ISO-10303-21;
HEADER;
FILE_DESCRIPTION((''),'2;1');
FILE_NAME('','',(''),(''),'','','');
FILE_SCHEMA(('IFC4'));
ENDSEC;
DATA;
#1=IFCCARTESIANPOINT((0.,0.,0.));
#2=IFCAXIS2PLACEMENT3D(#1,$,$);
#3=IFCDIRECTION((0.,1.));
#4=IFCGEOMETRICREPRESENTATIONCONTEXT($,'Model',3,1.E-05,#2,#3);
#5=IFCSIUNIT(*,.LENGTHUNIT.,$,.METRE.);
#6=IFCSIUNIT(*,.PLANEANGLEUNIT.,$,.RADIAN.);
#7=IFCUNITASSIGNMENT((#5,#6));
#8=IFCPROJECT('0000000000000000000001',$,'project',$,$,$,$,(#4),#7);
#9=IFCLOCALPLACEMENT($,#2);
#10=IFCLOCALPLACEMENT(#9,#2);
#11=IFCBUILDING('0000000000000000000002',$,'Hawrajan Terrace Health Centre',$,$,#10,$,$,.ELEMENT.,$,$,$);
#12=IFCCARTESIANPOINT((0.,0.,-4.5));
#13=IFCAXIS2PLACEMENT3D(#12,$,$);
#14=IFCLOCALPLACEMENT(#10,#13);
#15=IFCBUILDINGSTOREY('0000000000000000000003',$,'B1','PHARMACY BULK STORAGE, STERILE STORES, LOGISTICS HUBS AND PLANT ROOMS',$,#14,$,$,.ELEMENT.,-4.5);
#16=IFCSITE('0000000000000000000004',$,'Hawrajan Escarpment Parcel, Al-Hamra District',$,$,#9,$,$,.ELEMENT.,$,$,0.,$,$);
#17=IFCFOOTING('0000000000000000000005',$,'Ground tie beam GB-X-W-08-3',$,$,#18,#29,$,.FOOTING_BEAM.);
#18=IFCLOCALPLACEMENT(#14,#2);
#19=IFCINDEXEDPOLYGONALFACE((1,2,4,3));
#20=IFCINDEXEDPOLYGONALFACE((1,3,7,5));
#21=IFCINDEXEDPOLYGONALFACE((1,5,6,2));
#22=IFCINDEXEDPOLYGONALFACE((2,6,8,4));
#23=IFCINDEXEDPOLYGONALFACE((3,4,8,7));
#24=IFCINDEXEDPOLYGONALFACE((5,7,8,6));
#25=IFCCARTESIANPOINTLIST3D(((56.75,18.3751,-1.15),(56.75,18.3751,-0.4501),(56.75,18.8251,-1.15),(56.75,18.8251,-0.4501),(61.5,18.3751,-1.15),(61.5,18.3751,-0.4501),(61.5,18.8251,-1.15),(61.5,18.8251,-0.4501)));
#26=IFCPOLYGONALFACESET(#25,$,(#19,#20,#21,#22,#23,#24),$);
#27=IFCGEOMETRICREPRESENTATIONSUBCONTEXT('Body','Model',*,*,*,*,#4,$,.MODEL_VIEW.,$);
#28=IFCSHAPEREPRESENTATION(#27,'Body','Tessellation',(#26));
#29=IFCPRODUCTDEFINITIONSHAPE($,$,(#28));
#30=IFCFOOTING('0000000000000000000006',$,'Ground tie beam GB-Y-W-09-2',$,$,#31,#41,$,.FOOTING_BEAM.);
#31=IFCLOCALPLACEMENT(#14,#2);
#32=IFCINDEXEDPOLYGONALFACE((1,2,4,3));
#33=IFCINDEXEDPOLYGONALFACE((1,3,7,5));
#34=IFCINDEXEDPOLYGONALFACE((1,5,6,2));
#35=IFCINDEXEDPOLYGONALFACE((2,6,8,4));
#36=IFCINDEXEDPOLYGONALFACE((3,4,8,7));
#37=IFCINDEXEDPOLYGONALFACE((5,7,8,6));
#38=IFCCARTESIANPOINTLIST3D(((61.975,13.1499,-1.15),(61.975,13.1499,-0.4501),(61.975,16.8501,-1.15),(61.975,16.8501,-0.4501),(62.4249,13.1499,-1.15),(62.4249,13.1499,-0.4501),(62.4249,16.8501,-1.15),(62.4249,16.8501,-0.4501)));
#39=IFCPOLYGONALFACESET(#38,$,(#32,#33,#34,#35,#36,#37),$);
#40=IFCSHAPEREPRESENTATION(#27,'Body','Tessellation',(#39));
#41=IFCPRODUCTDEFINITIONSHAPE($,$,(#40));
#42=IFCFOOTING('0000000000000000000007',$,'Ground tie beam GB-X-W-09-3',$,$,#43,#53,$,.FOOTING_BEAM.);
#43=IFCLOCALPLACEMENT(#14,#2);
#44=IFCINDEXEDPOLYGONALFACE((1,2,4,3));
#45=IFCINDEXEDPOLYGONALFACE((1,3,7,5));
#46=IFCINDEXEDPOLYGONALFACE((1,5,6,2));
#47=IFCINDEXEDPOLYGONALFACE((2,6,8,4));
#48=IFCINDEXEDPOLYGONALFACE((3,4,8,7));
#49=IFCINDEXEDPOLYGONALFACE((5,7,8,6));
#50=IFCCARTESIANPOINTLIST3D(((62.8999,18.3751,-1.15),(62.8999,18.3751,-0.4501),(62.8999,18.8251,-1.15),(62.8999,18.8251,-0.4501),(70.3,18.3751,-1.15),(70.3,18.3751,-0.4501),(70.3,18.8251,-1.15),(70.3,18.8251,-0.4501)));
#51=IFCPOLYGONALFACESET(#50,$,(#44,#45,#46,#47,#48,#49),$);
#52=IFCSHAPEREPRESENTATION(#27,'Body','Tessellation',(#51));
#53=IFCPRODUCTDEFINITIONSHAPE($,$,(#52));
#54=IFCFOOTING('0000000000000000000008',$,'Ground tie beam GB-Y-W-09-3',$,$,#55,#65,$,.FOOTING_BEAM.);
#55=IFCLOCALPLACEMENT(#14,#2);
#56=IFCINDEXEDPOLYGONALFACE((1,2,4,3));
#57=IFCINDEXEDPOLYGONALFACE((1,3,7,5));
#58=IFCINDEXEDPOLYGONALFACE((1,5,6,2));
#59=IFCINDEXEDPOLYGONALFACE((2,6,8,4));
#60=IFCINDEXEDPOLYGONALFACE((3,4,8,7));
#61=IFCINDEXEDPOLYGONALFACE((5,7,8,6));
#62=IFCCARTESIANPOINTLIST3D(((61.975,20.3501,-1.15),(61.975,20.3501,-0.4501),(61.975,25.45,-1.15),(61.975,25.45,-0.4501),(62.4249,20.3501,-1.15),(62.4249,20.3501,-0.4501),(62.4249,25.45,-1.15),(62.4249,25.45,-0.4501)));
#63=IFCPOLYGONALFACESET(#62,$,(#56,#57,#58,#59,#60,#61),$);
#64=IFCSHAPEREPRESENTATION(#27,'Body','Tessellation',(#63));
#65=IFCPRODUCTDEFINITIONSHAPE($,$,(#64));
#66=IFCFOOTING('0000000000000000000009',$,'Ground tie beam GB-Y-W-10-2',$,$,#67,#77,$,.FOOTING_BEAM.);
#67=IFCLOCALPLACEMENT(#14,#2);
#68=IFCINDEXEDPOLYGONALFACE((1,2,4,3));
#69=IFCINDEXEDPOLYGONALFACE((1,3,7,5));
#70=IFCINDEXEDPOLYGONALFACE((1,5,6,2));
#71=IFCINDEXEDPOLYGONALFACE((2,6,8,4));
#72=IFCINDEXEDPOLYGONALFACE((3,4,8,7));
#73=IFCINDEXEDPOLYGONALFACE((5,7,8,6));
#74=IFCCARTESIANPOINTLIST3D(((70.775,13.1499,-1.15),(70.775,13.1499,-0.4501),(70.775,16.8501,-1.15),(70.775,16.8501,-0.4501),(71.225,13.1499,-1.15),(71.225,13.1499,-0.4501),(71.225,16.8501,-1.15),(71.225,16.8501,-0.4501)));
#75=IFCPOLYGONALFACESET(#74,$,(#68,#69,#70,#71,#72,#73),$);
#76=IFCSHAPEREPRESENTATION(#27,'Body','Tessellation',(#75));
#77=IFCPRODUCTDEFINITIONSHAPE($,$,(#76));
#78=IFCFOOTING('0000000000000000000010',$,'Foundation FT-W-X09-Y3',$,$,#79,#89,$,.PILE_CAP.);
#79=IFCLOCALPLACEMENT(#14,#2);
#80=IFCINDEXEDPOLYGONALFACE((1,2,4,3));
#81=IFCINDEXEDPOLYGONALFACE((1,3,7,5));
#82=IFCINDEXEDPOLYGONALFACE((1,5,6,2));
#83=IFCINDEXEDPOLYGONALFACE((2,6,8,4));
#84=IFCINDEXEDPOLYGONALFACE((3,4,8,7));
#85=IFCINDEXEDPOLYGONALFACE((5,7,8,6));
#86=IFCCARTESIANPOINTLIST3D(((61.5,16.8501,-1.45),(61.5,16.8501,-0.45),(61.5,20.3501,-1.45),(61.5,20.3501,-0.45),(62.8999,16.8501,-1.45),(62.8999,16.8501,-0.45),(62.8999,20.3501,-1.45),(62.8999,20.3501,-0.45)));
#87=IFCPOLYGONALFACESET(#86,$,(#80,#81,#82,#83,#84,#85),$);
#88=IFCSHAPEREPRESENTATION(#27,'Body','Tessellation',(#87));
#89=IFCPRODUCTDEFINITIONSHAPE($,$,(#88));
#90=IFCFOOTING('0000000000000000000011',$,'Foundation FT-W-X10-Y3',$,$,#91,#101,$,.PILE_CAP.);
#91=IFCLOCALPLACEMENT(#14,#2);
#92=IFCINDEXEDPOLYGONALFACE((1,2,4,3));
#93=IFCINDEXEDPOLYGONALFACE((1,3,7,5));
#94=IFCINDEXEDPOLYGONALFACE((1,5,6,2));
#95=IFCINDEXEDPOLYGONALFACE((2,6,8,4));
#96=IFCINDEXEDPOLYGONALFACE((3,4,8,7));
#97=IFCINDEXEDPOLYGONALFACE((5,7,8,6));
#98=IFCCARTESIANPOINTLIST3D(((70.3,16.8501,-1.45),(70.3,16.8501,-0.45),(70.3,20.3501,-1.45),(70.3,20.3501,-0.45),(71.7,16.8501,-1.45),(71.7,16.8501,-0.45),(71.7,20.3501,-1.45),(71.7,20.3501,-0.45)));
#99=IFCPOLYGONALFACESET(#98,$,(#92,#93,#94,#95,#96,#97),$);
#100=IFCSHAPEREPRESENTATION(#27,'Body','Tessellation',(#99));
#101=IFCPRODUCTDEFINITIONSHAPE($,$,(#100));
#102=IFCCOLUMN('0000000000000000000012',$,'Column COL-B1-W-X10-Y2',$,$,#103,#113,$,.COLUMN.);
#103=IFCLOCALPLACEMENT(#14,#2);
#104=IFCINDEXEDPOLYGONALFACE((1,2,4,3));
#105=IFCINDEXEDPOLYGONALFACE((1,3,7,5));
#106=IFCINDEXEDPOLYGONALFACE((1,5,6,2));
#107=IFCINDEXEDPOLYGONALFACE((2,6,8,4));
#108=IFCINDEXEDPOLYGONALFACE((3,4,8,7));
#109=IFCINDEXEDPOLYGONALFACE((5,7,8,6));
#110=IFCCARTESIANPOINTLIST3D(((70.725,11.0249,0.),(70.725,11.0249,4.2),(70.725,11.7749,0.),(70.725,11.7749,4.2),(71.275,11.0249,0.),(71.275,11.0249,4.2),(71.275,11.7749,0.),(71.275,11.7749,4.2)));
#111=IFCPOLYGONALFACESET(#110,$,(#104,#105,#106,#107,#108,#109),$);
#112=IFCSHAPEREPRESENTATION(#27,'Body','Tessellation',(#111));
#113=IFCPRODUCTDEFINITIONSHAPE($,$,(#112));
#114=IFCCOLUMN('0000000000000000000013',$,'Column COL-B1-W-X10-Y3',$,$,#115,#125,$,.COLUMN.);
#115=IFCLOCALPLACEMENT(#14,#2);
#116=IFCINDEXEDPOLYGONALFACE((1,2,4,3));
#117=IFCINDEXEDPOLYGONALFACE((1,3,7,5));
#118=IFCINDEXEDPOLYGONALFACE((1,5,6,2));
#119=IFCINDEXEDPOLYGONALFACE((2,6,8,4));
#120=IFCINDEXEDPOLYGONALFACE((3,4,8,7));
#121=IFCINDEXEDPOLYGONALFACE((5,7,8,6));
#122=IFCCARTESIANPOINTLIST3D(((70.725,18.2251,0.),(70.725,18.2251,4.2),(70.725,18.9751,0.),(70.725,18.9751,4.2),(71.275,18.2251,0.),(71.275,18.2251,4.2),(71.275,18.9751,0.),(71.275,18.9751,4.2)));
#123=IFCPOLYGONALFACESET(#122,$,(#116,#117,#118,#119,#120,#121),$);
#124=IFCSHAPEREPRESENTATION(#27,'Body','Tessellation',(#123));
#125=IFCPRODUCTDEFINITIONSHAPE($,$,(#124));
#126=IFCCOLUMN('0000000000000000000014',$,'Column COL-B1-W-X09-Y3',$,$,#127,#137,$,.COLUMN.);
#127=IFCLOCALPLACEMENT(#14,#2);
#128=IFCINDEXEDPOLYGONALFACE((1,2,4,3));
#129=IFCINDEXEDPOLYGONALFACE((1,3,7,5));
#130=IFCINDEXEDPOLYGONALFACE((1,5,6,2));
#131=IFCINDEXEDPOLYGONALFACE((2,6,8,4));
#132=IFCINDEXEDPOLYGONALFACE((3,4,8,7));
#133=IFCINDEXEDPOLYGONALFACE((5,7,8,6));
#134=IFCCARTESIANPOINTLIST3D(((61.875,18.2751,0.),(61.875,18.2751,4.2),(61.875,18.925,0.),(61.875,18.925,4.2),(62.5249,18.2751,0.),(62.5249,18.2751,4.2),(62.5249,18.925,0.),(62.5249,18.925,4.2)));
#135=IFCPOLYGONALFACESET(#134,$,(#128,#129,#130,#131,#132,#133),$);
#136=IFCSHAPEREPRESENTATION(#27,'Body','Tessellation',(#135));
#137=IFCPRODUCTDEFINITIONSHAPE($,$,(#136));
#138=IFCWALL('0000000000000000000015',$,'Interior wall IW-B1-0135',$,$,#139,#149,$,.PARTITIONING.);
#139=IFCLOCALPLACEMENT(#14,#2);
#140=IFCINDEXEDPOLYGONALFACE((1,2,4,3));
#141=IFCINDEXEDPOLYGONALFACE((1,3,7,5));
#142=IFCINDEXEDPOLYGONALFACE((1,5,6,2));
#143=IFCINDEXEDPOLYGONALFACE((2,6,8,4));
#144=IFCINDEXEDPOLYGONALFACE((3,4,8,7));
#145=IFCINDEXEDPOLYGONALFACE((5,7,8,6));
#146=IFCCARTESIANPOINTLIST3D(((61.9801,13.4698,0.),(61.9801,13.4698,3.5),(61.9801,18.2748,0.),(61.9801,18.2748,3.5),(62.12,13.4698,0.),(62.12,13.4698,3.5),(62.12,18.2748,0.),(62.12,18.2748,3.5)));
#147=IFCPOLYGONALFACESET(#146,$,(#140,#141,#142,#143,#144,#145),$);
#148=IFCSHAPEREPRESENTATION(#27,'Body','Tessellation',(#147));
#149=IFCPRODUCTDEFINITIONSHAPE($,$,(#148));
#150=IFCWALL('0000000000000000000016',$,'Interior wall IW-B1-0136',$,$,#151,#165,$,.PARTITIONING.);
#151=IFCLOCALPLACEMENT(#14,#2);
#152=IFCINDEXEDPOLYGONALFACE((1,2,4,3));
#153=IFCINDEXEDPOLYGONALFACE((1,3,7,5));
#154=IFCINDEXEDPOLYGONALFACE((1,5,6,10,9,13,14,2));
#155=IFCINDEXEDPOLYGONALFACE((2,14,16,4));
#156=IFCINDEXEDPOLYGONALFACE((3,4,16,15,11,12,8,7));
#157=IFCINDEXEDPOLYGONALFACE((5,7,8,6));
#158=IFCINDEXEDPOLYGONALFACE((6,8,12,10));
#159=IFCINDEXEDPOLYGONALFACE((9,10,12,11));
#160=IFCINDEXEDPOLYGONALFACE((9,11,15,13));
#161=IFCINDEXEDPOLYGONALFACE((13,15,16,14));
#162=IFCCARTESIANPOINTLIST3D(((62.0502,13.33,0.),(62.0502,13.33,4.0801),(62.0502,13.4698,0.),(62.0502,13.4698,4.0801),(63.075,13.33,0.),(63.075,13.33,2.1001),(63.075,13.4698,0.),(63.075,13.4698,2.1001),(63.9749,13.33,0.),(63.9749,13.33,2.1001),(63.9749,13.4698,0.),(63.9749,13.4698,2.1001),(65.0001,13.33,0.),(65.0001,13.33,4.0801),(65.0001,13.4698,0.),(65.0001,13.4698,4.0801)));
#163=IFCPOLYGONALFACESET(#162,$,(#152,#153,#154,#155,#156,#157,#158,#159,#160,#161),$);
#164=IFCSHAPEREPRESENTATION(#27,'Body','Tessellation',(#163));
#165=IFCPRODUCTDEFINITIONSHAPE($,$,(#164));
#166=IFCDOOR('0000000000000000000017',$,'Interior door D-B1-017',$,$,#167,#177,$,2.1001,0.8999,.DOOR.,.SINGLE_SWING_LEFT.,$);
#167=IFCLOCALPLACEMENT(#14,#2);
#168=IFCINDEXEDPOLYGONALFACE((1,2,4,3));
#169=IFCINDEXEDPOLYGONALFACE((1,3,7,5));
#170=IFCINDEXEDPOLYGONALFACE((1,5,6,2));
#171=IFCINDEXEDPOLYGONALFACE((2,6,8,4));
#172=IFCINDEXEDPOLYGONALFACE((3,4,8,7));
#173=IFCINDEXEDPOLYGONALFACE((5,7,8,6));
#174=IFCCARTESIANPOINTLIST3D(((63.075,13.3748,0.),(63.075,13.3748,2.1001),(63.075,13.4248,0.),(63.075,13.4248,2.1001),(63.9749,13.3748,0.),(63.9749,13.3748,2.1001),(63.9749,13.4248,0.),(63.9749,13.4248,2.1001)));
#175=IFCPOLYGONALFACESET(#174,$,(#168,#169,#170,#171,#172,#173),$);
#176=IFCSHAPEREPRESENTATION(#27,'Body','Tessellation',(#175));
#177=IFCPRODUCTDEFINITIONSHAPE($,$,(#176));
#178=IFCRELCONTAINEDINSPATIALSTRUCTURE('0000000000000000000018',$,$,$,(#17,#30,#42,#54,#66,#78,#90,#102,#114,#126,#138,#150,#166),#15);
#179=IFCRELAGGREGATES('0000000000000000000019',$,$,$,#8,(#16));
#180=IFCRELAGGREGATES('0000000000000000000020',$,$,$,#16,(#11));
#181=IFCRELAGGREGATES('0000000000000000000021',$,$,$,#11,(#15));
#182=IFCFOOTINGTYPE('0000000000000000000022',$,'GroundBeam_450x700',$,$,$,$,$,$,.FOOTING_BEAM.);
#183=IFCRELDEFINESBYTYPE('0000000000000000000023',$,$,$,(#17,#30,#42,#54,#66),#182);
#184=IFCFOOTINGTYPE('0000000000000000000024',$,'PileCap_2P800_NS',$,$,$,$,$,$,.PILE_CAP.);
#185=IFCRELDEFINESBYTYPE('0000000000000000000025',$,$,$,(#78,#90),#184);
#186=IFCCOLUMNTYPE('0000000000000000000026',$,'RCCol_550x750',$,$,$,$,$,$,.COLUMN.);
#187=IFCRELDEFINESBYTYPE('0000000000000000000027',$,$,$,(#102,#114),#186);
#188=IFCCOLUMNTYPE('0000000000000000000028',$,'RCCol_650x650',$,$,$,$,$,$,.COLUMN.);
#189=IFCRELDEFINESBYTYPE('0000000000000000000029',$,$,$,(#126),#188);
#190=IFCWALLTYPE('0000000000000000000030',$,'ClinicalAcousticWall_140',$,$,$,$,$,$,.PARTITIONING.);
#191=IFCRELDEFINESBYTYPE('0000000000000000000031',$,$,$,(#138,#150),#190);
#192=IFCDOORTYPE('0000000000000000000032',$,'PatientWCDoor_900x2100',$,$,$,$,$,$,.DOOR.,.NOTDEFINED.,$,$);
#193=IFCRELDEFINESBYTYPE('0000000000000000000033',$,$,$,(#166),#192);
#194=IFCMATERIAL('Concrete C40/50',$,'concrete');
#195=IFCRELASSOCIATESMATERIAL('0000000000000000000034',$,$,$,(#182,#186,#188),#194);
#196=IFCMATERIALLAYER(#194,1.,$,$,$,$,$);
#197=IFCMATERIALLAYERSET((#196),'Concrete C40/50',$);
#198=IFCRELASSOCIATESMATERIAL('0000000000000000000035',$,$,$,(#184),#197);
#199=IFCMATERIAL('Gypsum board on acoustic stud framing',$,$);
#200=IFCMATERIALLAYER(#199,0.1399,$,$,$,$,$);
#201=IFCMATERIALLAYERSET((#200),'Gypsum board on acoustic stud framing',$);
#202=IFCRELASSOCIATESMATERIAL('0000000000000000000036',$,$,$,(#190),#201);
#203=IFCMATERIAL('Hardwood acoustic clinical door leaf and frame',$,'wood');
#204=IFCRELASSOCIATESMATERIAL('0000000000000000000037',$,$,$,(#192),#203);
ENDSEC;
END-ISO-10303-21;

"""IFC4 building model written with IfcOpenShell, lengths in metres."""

from ifc_helpers import new_model, si_unit, direction, frame, frame_2d, origin, origin_2d, place, context, subcontext, project, spatial, rectangle, extrude, material, layer, layer_set, material_profile, profile_set, type_object, element, fill, save


model = new_model("IFC4")

# Units and contexts
model_context = context("Model", 3, precision=1e-05, world=origin(), true_north=direction((0.0, 1.0)))
body_context = subcontext(model_context, "Body", "Model", "MODEL_VIEW")
ifc_project = project(units=[si_unit("LENGTHUNIT", "METRE"), si_unit("PLANEANGLEUNIT", "RADIAN")], contexts=[model_context])

# Site, building, storey
site_placement = place(None, origin())
site = spatial("IfcSite", under=ifc_project, at=site_placement, Name="Hawrajan Escarpment Parcel, Al-Hamra District", CompositionType="ELEMENT", RefElevation=0.0)
building_placement = place(site_placement, origin())
building = spatial("IfcBuilding", under=site, at=building_placement, Name="Hawrajan Terrace Health Centre", CompositionType="ELEMENT")
storey_placement = place(building_placement, frame((0.0, 0.0, -4.5)))
storey = spatial("IfcBuildingStorey", under=building, at=storey_placement, Name="B1", Description="PHARMACY BULK STORAGE, STERILE STORES, LOGISTICS HUBS AND PLANT ROOMS", CompositionType="ELEMENT", Elevation=-4.5)

# Shared definitions
ifc_material_1 = material(Name="Concrete C40/50", Category="concrete")

# Footings
ifc_material_profile_1 = material_profile(ifc_material_1, rectangle(XDim=0.45, YDim=0.7, at=origin_2d()), Name="RC BM 450x700")
ifc_profile_set_1 = profile_set([ifc_material_profile_1], Name="Concrete C40/50")
footing_type_1 = type_object("IfcFootingType", Name="GroundBeam_450x700", PredefinedType="FOOTING_BEAM", material=ifc_profile_set_1)
footing_1_placement = place(storey_placement, frame((56.75, 18.6001, -0.8), z_axis=(1.0, 0.0, 0.0), x_axis=(0.0, 1.0, 0.0)))
element("IfcFooting", 1, at=footing_1_placement, inside=storey, type_object=footing_type_1, Name="Ground tie beam GB-X-W-08-3", PredefinedType="FOOTING_BEAM", context=body_context, shape_type="SweptSolid", body=[
    extrude(rectangle(XDim=0.45, YDim=0.7, at=origin_2d()), origin(), (0.0, 0.0, 1.0), 4.75),
])
footing_2_placement = place(storey_placement, frame((62.2, 13.1499, -0.8), z_axis=(0.0, 1.0, 0.0), x_axis=(-1.0, 0.0, 0.0)))
element("IfcFooting", 2, at=footing_2_placement, inside=storey, type_object=footing_type_1, Name="Ground tie beam GB-Y-W-09-2", PredefinedType="FOOTING_BEAM", context=body_context, shape_type="SweptSolid", body=[
    extrude(rectangle(XDim=0.45, YDim=0.7, at=origin_2d()), origin(), (0.0, 0.0, 1.0), 3.7002),
])
footing_3_placement = place(storey_placement, frame((62.8999, 18.6001, -0.8), z_axis=(1.0, 0.0, 0.0), x_axis=(0.0, 1.0, 0.0)))
element("IfcFooting", 3, at=footing_3_placement, inside=storey, type_object=footing_type_1, Name="Ground tie beam GB-X-W-09-3", PredefinedType="FOOTING_BEAM", context=body_context, shape_type="SweptSolid", body=[
    extrude(rectangle(XDim=0.45, YDim=0.7, at=origin_2d()), origin(), (0.0, 0.0, 1.0), 7.4001),
])
footing_4_placement = place(storey_placement, frame((62.2, 20.3501, -0.8), z_axis=(0.0, 1.0, 0.0), x_axis=(-1.0, 0.0, 0.0)))
element("IfcFooting", 4, at=footing_4_placement, inside=storey, type_object=footing_type_1, Name="Ground tie beam GB-Y-W-09-3", PredefinedType="FOOTING_BEAM", context=body_context, shape_type="SweptSolid", body=[
    extrude(rectangle(XDim=0.45, YDim=0.7, at=origin_2d()), origin(), (0.0, 0.0, 1.0), 5.0999),
])
footing_5_placement = place(storey_placement, frame((71.0, 13.1499, -0.8), z_axis=(0.0, 1.0, 0.0), x_axis=(-1.0, 0.0, 0.0)))
element("IfcFooting", 5, at=footing_5_placement, inside=storey, type_object=footing_type_1, Name="Ground tie beam GB-Y-W-10-2", PredefinedType="FOOTING_BEAM", context=body_context, shape_type="SweptSolid", body=[
    extrude(rectangle(XDim=0.45, YDim=0.7, at=origin_2d()), origin(), (0.0, 0.0, 1.0), 3.7002),
])
ifc_layer_1 = layer(ifc_material_1, 1.0)
ifc_layer_set_1 = layer_set([ifc_layer_1], Name="Concrete C40/50")
footing_type_2 = type_object("IfcFootingType", Name="PileCap_2P800_NS", PredefinedType="PILE_CAP", material=ifc_layer_set_1)
for number, where, z_axis, x_axis, name in (
    (6, (62.2, 18.6001, -1.45), (0.0, 0.0, 1.0), (1.0, 0.0, 0.0), "Foundation FT-W-X09-Y3"),
    (7, (71.0, 18.6001, -1.45), (0.0, 0.0, 1.0), (1.0, 0.0, 0.0), "Foundation FT-W-X10-Y3"),
):
    element("IfcFooting", number, at=place(storey_placement, frame(where, z_axis=z_axis, x_axis=x_axis)), inside=storey, type_object=footing_type_2, Name=name, PredefinedType="PILE_CAP", context=body_context, shape_type="SweptSolid", body=[
        extrude(rectangle(XDim=1.3999, YDim=3.5, at=origin_2d()), origin(), (0.0, 0.0, 1.0), 1.0),
    ])

# Columns
ifc_material_profile_2 = material_profile(ifc_material_1, rectangle(XDim=0.55, YDim=0.75, at=origin_2d()), Name="RC 550x750")
ifc_profile_set_2 = profile_set([ifc_material_profile_2], Name="Concrete C40/50")
column_type_1 = type_object("IfcColumnType", Name="RCCol_550x750", PredefinedType="COLUMN", material=ifc_profile_set_2)
for number, where, z_axis, x_axis, name in (
    (8, (71.0, 11.3999, 0.0), (0.0, 0.0, 1.0), (1.0, 0.0, 0.0), "Column COL-B1-W-X10-Y2"),
    (9, (71.0, 18.6001, 0.0), (0.0, 0.0, 1.0), (1.0, 0.0, 0.0), "Column COL-B1-W-X10-Y3"),
):
    element("IfcColumn", number, at=place(storey_placement, frame(where, z_axis=z_axis, x_axis=x_axis)), inside=storey, type_object=column_type_1, Name=name, PredefinedType="COLUMN", context=body_context, shape_type="SweptSolid", body=[
        extrude(rectangle(XDim=0.55, YDim=0.75, at=origin_2d()), origin(), (0.0, 0.0, 1.0), 4.2),
    ])
ifc_material_profile_3 = material_profile(ifc_material_1, rectangle(XDim=0.6499, YDim=0.6499, at=origin_2d()), Name="RC 650x650")
ifc_profile_set_3 = profile_set([ifc_material_profile_3], Name="Concrete C40/50")
column_type_2 = type_object("IfcColumnType", Name="RCCol_650x650", PredefinedType="COLUMN", material=ifc_profile_set_3)
column_placement = place(storey_placement, frame((62.2, 18.6001, 0.0), z_axis=(0.0, 0.0, 1.0), x_axis=(1.0, 0.0, 0.0)))
element("IfcColumn", 10, at=column_placement, inside=storey, type_object=column_type_2, Name="Column COL-B1-W-X09-Y3", PredefinedType="COLUMN", context=body_context, shape_type="SweptSolid", body=[
    extrude(rectangle(XDim=0.6499, YDim=0.6499, at=origin_2d()), origin(), (0.0, 0.0, 1.0), 4.2),
])

# Wall
ifc_material_2 = material(Name="Gypsum board on acoustic stud framing")
ifc_layer_2 = layer(ifc_material_2, 0.1399)
ifc_layer_set_2 = layer_set([ifc_layer_2], Name="Gypsum board on acoustic stud framing")
wall_type_1 = type_object("IfcWallType", Name="ClinicalAcousticWall_140", PredefinedType="PARTITIONING", material=ifc_layer_set_2)
wall_1_placement = place(storey_placement, frame((62.05, 13.47, 0.0), z_axis=(0.0, 0.0, 1.0), x_axis=(0.0, 1.0, 0.0)))
element("IfcWall", 11, at=wall_1_placement, inside=storey, type_object=wall_type_1, Name="Interior wall IW-B1-0135", PredefinedType="PARTITIONING", context=body_context, shape_type="SweptSolid", body=[
    extrude(rectangle(XDim=4.8049, YDim=0.1399, at=frame_2d((2.4023, 0.0))), origin(), (0.0, 0.0, 1.0), 3.5),
])

# Wall, opening, door
wall_2_placement = place(storey_placement, frame((62.05, 13.3999, 0.0), z_axis=(0.0, 0.0, 1.0), x_axis=(1.0, 0.0, 0.0)))
wall_2 = element("IfcWall", 12, at=wall_2_placement, inside=storey, type_object=wall_type_1, Name="Interior wall IW-B1-0136", PredefinedType="PARTITIONING", context=body_context, shape_type="SweptSolid", body=[
    extrude(rectangle(XDim=2.95, YDim=0.1399, at=frame_2d((1.4751, 0.0))), origin(), (0.0, 0.0, 1.0), 4.0801),
])
opening_1_placement = place(wall_2_placement, frame((1.0249, 0.0, 0.0)))
opening_1 = element("IfcOpeningElement", 13, at=opening_1_placement, cuts=wall_2, PredefinedType="OPENING", context=body_context, shape_type="SweptSolid", body=[
    extrude(rectangle(XDim=0.8999, YDim=2.1001, at=frame_2d((0.45, 1.05))), frame((0.0, 0.0798, 0.0), z_axis=(0.0, -1.0, 0.0), x_axis=(1.0, 0.0, 0.0)), (0.0, 0.0, 1.0), 0.1599),
])
ifc_material_3 = material(Name="Hardwood acoustic clinical door leaf and frame", Category="wood")
door_type_1 = type_object("IfcDoorType", Name="PatientWCDoor_900x2100", OperationType="NOTDEFINED", PredefinedType="DOOR", material=ifc_material_3)
door_1_placement = place(opening_1_placement, origin())
door_1 = element("IfcDoor", 14, at=door_1_placement, inside=storey, type_object=door_type_1, Name="Interior door D-B1-017", OperationType="SINGLE_SWING_LEFT", OverallHeight=2.1001, OverallWidth=0.8999, PredefinedType="DOOR", context=body_context, shape_type="SweptSolid", body=[
    extrude(rectangle(XDim=0.8999, YDim=2.1001, at=frame_2d((0.45, 1.05))), frame((0.0, 0.0249, 0.0), z_axis=(0.0, -1.0, 0.0), x_axis=(1.0, 0.0, 0.0)), (0.0, 0.0, 1.0), 0.05),
])
fill(opening_1, door_1)

save(model, "model.ifc")
